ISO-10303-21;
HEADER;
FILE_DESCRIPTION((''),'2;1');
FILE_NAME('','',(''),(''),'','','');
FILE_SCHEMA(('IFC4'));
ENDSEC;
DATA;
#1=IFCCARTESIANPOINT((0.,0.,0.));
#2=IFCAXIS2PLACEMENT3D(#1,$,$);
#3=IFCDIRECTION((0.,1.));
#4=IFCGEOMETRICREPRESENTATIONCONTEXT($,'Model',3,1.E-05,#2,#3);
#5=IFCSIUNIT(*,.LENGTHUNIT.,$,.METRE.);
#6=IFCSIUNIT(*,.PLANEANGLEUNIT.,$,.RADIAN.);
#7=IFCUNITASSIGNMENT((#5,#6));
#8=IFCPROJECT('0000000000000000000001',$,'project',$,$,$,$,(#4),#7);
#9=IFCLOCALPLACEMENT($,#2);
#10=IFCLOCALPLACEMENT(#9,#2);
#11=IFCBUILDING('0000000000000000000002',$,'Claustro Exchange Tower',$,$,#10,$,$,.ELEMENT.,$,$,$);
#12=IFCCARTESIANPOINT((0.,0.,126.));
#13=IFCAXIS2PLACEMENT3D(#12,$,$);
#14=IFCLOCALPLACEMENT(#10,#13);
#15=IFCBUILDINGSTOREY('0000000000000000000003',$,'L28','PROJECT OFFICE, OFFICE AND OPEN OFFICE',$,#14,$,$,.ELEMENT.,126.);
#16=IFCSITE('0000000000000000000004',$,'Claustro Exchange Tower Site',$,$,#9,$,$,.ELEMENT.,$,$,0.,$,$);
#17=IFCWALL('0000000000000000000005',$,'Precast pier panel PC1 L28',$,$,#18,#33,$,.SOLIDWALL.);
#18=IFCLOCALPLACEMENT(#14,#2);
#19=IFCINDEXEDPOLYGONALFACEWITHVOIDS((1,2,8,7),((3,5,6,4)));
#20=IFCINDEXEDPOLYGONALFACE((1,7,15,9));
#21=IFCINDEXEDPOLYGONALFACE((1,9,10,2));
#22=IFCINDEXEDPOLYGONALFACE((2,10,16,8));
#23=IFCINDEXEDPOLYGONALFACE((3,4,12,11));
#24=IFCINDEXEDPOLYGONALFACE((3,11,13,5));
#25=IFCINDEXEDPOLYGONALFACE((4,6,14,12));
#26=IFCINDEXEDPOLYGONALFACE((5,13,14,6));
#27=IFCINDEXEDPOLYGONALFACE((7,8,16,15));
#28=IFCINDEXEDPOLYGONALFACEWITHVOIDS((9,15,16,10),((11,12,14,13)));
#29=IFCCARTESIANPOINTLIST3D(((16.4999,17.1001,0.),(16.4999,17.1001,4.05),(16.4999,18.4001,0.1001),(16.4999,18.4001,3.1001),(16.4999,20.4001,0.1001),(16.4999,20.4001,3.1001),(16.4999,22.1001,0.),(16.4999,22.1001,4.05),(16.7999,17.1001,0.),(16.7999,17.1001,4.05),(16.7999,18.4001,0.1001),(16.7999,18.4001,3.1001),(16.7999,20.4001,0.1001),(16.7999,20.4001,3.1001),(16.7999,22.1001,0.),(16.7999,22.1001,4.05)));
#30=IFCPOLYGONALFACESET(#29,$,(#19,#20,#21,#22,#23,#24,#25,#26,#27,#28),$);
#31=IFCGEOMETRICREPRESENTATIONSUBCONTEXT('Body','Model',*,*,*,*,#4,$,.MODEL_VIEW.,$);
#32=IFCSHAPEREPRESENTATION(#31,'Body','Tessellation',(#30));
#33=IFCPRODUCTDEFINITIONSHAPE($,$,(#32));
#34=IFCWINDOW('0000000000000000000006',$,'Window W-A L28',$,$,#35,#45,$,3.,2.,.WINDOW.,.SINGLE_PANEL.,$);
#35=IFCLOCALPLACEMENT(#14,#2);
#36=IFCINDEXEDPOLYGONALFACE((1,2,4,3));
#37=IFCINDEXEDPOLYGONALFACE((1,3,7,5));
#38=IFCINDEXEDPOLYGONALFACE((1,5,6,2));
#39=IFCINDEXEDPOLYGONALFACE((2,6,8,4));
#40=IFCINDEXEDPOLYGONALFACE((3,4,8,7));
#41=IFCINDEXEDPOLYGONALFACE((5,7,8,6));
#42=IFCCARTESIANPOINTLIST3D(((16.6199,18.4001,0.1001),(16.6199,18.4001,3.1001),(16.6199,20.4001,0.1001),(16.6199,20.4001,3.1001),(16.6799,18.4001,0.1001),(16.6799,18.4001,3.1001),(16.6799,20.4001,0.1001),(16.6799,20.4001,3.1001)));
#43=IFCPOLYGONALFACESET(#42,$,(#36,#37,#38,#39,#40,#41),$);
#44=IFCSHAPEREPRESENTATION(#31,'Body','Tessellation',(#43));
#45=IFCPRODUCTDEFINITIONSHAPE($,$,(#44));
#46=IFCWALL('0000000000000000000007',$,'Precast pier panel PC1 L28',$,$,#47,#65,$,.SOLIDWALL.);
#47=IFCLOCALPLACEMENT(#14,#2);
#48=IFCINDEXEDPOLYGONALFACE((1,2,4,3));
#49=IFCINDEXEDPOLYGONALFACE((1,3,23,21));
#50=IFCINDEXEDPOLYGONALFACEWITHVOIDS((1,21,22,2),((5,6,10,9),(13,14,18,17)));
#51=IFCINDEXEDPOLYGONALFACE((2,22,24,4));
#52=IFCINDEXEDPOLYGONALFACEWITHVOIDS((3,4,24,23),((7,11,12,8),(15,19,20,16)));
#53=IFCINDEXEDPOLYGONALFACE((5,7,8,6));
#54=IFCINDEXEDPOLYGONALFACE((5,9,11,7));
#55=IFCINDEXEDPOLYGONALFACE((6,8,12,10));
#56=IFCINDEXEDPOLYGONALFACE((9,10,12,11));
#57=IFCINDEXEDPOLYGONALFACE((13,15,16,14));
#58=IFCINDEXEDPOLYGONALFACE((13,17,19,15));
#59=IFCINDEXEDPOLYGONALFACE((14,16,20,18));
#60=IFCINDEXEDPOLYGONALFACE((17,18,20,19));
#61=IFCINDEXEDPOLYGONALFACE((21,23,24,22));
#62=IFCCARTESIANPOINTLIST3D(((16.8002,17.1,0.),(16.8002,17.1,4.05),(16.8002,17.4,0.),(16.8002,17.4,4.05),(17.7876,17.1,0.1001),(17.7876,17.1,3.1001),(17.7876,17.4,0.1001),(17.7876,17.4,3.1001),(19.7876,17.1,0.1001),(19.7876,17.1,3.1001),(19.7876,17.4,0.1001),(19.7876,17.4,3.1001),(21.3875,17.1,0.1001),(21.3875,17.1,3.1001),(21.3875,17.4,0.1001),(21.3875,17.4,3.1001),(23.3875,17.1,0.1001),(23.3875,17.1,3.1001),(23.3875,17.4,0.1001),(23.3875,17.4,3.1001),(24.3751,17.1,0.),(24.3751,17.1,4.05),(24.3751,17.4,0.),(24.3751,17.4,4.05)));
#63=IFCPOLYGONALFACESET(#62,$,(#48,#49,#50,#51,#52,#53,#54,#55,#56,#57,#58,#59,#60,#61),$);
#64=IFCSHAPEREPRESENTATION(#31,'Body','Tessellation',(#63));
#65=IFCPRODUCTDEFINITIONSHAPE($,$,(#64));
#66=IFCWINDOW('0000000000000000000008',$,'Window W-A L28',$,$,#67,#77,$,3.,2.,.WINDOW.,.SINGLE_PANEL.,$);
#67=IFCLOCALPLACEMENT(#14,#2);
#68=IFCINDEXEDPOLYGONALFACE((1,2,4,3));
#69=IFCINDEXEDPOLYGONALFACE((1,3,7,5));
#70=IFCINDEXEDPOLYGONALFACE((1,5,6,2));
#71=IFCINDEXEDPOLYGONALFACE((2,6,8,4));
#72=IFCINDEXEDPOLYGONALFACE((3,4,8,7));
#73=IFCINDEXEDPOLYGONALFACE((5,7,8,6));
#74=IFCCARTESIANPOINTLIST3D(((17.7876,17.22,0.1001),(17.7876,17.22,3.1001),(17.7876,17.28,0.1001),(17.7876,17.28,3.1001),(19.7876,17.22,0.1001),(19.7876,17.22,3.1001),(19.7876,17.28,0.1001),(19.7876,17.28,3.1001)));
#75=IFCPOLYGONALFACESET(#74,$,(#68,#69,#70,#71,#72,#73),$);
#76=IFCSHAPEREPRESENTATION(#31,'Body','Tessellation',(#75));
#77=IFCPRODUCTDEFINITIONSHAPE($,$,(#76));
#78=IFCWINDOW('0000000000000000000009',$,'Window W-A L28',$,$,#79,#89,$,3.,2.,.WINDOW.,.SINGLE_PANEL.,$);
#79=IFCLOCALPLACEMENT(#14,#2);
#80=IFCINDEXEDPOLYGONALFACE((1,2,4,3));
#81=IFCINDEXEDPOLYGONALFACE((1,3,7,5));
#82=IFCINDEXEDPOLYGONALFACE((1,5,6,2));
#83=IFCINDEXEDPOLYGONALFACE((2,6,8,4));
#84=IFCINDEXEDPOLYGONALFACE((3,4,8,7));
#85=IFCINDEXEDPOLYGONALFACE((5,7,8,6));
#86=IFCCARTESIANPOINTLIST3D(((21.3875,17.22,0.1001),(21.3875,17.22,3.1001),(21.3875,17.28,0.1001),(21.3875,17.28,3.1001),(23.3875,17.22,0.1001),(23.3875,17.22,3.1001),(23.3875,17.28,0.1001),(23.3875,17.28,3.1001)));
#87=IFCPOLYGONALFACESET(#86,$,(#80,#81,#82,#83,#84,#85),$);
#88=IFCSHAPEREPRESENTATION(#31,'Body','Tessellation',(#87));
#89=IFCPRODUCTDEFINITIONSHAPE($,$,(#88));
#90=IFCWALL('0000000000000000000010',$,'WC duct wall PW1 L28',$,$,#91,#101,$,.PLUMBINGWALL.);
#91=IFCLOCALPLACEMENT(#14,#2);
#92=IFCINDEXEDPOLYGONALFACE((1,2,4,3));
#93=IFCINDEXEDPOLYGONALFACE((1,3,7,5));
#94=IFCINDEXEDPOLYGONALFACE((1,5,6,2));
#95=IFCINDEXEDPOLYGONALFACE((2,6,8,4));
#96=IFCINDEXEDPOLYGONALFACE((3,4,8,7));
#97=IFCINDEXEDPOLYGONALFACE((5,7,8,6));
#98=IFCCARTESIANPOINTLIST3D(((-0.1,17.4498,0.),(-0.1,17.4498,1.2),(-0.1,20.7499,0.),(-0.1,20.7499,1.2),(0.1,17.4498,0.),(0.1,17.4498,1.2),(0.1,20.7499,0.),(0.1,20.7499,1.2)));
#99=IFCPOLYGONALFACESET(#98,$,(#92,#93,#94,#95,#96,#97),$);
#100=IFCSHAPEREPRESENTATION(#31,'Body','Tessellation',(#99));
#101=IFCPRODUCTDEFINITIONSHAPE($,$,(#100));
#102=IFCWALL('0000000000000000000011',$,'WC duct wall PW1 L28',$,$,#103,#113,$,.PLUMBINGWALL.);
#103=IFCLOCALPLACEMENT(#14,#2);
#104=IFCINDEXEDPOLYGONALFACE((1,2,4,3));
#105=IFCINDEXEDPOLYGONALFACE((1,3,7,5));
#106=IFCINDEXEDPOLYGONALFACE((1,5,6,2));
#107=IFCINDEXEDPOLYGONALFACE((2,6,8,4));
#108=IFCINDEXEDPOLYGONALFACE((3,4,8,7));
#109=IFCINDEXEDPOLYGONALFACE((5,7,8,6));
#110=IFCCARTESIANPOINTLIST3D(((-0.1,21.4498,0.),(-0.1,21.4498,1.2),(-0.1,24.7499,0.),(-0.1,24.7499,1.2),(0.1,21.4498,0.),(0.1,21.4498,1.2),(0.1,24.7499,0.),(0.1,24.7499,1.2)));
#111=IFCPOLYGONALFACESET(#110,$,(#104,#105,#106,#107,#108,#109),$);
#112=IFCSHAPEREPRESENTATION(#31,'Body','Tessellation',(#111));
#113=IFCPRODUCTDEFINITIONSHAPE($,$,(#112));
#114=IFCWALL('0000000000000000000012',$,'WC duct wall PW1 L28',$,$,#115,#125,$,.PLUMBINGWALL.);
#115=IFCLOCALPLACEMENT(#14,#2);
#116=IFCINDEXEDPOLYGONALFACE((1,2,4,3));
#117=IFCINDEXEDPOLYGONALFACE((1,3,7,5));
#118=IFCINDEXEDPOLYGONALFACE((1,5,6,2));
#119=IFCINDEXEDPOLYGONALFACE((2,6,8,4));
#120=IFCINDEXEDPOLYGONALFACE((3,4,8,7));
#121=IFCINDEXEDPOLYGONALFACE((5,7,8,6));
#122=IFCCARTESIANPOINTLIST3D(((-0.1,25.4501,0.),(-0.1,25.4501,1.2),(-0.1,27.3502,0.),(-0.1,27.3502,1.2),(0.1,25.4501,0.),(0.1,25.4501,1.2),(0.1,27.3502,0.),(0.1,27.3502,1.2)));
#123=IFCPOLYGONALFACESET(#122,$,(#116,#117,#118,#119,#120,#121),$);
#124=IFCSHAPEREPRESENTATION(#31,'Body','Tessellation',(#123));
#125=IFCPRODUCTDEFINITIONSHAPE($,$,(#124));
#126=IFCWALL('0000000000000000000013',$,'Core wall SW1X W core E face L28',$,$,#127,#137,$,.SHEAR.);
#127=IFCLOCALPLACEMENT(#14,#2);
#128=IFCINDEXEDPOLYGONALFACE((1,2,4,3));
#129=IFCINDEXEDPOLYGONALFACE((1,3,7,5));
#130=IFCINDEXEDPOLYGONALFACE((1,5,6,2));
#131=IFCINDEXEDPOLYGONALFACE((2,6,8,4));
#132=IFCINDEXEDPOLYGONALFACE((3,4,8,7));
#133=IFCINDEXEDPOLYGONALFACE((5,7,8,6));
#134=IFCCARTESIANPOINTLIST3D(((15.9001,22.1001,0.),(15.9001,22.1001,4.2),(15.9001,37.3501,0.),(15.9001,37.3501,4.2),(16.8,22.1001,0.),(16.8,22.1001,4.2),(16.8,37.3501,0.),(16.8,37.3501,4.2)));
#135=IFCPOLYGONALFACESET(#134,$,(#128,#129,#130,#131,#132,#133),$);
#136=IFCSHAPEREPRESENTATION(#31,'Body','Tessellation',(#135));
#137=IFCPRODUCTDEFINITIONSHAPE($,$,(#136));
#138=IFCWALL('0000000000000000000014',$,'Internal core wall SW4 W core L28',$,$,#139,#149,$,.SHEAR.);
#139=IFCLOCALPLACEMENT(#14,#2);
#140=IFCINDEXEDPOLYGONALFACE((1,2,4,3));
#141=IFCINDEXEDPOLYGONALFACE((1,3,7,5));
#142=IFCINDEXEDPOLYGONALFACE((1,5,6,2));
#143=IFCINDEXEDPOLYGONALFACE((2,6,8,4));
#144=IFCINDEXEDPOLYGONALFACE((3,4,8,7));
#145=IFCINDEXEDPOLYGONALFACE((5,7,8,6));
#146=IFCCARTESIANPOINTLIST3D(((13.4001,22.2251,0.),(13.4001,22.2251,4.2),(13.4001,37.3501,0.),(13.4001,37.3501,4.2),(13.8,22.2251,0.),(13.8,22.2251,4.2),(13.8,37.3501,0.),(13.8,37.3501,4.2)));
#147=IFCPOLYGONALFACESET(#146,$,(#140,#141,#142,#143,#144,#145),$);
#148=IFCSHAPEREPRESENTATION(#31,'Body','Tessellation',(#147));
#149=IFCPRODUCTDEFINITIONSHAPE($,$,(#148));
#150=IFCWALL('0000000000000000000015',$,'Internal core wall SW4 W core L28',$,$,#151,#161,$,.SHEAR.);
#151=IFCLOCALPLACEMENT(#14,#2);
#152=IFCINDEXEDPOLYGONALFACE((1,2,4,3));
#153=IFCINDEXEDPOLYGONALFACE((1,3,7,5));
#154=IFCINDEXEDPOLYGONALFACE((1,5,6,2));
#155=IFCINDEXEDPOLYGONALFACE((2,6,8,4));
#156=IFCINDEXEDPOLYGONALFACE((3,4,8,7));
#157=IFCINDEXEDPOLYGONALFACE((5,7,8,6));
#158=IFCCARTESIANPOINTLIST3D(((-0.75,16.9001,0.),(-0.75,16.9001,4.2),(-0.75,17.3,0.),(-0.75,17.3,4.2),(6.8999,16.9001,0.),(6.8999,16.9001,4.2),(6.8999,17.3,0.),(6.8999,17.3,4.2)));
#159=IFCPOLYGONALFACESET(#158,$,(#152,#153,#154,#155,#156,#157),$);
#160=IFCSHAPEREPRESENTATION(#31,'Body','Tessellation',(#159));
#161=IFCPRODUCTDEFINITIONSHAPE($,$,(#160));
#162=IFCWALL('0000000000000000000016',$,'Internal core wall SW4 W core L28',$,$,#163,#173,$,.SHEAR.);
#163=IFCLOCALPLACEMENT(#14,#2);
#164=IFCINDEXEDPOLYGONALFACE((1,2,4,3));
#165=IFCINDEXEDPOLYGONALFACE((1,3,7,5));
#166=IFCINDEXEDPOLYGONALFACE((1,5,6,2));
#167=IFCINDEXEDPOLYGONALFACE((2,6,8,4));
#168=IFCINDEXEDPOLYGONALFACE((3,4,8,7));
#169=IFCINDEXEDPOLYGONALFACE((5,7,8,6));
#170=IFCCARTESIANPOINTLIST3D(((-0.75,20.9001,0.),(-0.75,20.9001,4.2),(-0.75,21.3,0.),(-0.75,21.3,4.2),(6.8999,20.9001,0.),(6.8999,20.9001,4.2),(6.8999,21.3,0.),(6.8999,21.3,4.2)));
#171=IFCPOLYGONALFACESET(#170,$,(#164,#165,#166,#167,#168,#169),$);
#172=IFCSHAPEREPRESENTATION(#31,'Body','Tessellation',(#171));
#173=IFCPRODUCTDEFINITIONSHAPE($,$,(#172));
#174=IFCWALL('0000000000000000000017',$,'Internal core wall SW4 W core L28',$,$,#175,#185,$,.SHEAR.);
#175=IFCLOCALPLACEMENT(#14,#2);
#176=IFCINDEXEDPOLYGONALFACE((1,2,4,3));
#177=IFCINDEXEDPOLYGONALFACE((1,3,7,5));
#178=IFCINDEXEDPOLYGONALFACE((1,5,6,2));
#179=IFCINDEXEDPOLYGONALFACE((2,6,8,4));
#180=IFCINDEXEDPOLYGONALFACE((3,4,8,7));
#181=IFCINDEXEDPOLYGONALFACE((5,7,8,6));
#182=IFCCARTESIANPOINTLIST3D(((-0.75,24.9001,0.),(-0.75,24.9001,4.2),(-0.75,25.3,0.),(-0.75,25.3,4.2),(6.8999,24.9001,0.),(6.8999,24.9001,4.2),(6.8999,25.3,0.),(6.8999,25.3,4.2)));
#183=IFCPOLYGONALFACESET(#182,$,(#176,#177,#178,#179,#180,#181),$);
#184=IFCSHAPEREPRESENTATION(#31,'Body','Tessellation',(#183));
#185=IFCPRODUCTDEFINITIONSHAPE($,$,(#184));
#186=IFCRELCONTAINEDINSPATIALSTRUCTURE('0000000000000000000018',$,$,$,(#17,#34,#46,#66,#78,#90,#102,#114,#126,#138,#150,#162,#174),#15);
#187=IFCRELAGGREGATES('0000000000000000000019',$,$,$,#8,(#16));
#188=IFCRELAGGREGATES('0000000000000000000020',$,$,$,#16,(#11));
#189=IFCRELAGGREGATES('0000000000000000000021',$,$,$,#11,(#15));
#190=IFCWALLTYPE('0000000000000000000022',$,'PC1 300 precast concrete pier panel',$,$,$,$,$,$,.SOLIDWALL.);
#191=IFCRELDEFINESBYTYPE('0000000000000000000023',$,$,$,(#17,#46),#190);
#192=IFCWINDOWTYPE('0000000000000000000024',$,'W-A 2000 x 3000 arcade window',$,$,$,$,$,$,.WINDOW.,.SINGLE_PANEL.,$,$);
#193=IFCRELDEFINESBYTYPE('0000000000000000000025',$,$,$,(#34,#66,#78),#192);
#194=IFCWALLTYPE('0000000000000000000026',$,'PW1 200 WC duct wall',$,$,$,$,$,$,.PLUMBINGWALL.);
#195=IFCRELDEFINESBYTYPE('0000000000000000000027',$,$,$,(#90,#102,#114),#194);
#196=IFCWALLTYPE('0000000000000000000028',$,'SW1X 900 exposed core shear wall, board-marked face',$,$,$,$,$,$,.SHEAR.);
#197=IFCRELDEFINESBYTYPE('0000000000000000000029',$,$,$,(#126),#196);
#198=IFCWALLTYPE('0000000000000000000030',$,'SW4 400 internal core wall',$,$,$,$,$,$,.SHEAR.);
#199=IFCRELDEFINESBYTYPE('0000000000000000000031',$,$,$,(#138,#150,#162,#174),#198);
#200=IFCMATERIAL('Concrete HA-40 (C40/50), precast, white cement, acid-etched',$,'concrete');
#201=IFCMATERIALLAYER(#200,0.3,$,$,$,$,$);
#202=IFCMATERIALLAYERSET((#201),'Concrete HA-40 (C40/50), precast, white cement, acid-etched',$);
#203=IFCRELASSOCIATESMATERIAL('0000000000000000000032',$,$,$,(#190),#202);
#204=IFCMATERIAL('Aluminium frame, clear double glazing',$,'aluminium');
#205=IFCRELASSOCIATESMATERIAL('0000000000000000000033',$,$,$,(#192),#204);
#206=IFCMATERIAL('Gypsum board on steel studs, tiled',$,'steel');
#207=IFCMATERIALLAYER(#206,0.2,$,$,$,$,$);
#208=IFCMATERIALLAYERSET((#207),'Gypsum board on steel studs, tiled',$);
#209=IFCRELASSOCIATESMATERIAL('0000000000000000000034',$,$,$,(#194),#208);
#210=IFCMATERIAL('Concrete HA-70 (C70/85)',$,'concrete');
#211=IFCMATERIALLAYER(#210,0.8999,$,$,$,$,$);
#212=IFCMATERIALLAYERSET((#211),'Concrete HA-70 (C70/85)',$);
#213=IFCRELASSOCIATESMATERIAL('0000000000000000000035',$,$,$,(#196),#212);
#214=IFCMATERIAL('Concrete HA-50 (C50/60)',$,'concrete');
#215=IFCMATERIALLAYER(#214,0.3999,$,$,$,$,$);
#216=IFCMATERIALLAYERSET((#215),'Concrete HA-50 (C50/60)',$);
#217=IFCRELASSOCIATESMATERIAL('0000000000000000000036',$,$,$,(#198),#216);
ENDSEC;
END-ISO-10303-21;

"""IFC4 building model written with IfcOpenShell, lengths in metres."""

from ifc_helpers import new_model, si_unit, direction, frame, frame_2d, origin, place, context, subcontext, project, spatial, rectangle, extrude, material, layer, layer_set, type_object, element, fill, save


model = new_model("IFC4")

# Units and contexts
model_context = context("Model", 3, precision=1e-05, world=origin(), true_north=direction((0.0, 1.0)))
body_context = subcontext(model_context, "Body", "Model", "MODEL_VIEW")
ifc_project = project(units=[si_unit("LENGTHUNIT", "METRE"), si_unit("PLANEANGLEUNIT", "RADIAN")], contexts=[model_context])

# Site, building, storey
site_placement = place(None, origin())
site = spatial("IfcSite", under=ifc_project, at=site_placement, Name="Claustro Exchange Tower Site", CompositionType="ELEMENT", RefElevation=0.0)
building_placement = place(site_placement, origin())
building = spatial("IfcBuilding", under=site, at=building_placement, Name="Claustro Exchange Tower", CompositionType="ELEMENT")
storey_placement = place(building_placement, frame((0.0, 0.0, 126.0)))
storey = spatial("IfcBuildingStorey", under=building, at=storey_placement, Name="L28", Description="PROJECT OFFICE, OFFICE AND OPEN OFFICE", CompositionType="ELEMENT", Elevation=126.0)

# Wall, opening, window
ifc_material_1 = material(Name="Concrete HA-40 (C40/50), precast, white cement, acid-etched", Category="concrete")
ifc_layer_1 = layer(ifc_material_1, 0.3)
ifc_layer_set_1 = layer_set([ifc_layer_1], Name="Concrete HA-40 (C40/50), precast, white cement, acid-etched")
wall_type_1 = type_object("IfcWallType", Name="PC1 300 precast concrete pier panel", PredefinedType="SOLIDWALL", material=ifc_layer_set_1)
wall_1_placement = place(storey_placement, frame((16.6499, 17.1001, 0.0), z_axis=(0.0, 0.0, 1.0), x_axis=(0.0, 1.0, 0.0)))
wall_1 = element("IfcWall", 1, at=wall_1_placement, inside=storey, type_object=wall_type_1, Name="Precast pier panel PC1 L28", PredefinedType="SOLIDWALL", context=body_context, shape_type="SweptSolid", body=[
    extrude(rectangle(XDim=5.0, YDim=0.3, at=frame_2d((2.5, 0.0))), origin(), (0.0, 0.0, 1.0), 4.05),
])
opening_1_placement = place(wall_1_placement, frame((1.3, 0.0, 0.1001)))
opening_1 = element("IfcOpeningElement", 2, at=opening_1_placement, cuts=wall_1, PredefinedType="OPENING", context=body_context, shape_type="SweptSolid", body=[
    extrude(rectangle(XDim=2.0, YDim=3.0, at=frame_2d((1.0, 1.5))), frame((0.0, 0.1599, 0.0), z_axis=(0.0, -1.0, 0.0), x_axis=(1.0, 0.0, 0.0)), (0.0, 0.0, 1.0), 0.3201),
])
ifc_material_2 = material(Name="Aluminium frame, clear double glazing", Category="aluminium")
window_type = type_object("IfcWindowType", Name="W-A 2000 x 3000 arcade window", PartitioningType="SINGLE_PANEL", PredefinedType="WINDOW", material=ifc_material_2)
window_1_placement = place(opening_1_placement, origin())
window_1 = element("IfcWindow", 3, at=window_1_placement, inside=storey, type_object=window_type, Name="Window W-A L28", OverallHeight=3.0, OverallWidth=2.0, PartitioningType="SINGLE_PANEL", PredefinedType="WINDOW", context=body_context, shape_type="SweptSolid", body=[
    extrude(rectangle(XDim=2.0, YDim=3.0, at=frame_2d((1.0, 1.5))), frame((0.0, 0.03, 0.0), z_axis=(0.0, -1.0, 0.0), x_axis=(1.0, 0.0, 0.0)), (0.0, 0.0, 1.0), 0.0601),
])
fill(opening_1, window_1)

# Wall, openings, windows
wall_2_placement = place(storey_placement, frame((16.8, 17.25, 0.0), z_axis=(0.0, 0.0, 1.0), x_axis=(1.0, 0.0, 0.0)))
wall_2 = element("IfcWall", 4, at=wall_2_placement, inside=storey, type_object=wall_type_1, Name="Precast pier panel PC1 L28", PredefinedType="SOLIDWALL", context=body_context, shape_type="SweptSolid", body=[
    extrude(rectangle(XDim=7.575, YDim=0.3, at=frame_2d((3.7876, 0.0))), origin(), (0.0, 0.0, 1.0), 4.05),
])
opening_2_placement = place(wall_2_placement, frame((0.9875, 0.0, 0.1001)))
opening_2 = element("IfcOpeningElement", 5, at=opening_2_placement, cuts=wall_2, PredefinedType="OPENING", context=body_context, shape_type="SweptSolid", body=[
    extrude(rectangle(XDim=2.0, YDim=3.0, at=frame_2d((1.0, 1.5))), frame((0.0, 0.1599, 0.0), z_axis=(0.0, -1.0, 0.0), x_axis=(1.0, 0.0, 0.0)), (0.0, 0.0, 1.0), 0.3201),
])
opening_3_placement = place(wall_2_placement, frame((4.5874, 0.0, 0.1001)))
opening_3 = element("IfcOpeningElement", 6, at=opening_3_placement, cuts=wall_2, PredefinedType="OPENING", context=body_context, shape_type="SweptSolid", body=[
    extrude(rectangle(XDim=2.0, YDim=3.0, at=frame_2d((1.0, 1.5))), frame((0.0, 0.1599, 0.0), z_axis=(0.0, -1.0, 0.0), x_axis=(1.0, 0.0, 0.0)), (0.0, 0.0, 1.0), 0.3201),
])
window_2_placement = place(opening_2_placement, origin())
window_2 = element("IfcWindow", 7, at=window_2_placement, inside=storey, type_object=window_type, Name="Window W-A L28", OverallHeight=3.0, OverallWidth=2.0, PartitioningType="SINGLE_PANEL", PredefinedType="WINDOW", context=body_context, shape_type="SweptSolid", body=[
    extrude(rectangle(XDim=2.0, YDim=3.0, at=frame_2d((1.0, 1.5))), frame((0.0, 0.03, 0.0), z_axis=(0.0, -1.0, 0.0), x_axis=(1.0, 0.0, 0.0)), (0.0, 0.0, 1.0), 0.0601),
])
fill(opening_2, window_2)
window_3_placement = place(opening_3_placement, origin())
window_3 = element("IfcWindow", 8, at=window_3_placement, inside=storey, type_object=window_type, Name="Window W-A L28", OverallHeight=3.0, OverallWidth=2.0, PartitioningType="SINGLE_PANEL", PredefinedType="WINDOW", context=body_context, shape_type="SweptSolid", body=[
    extrude(rectangle(XDim=2.0, YDim=3.0, at=frame_2d((1.0, 1.5))), frame((0.0, 0.03, 0.0), z_axis=(0.0, -1.0, 0.0), x_axis=(1.0, 0.0, 0.0)), (0.0, 0.0, 1.0), 0.0601),
])
fill(opening_3, window_3)

# Walls
ifc_material_3 = material(Name="Gypsum board on steel studs, tiled", Category="steel")
ifc_layer_2 = layer(ifc_material_3, 0.2)
ifc_layer_set_2 = layer_set([ifc_layer_2], Name="Gypsum board on steel studs, tiled")
wall_type_2 = type_object("IfcWallType", Name="PW1 200 WC duct wall", PredefinedType="PLUMBINGWALL", material=ifc_layer_set_2)
for number, where, z_axis, x_axis, name in (
    (9, (0.0, 17.45, 0.0), (0.0, 0.0, 1.0), (0.0, 1.0, 0.0), "WC duct wall PW1 L28"),
    (10, (0.0, 21.45, 0.0), (0.0, 0.0, 1.0), (0.0, 1.0, 0.0), "WC duct wall PW1 L28"),
):
    element("IfcWall", number, at=place(storey_placement, frame(where, z_axis=z_axis, x_axis=x_axis)), inside=storey, type_object=wall_type_2, Name=name, PredefinedType="PLUMBINGWALL", context=body_context, shape_type="SweptSolid", body=[
        extrude(rectangle(XDim=3.3, YDim=0.2, at=frame_2d((1.6499, 0.0))), origin(), (0.0, 0.0, 1.0), 1.2),
    ])
wall_3_placement = place(storey_placement, frame((0.0, 25.45, 0.0), z_axis=(0.0, 0.0, 1.0), x_axis=(0.0, 1.0, 0.0)))
element("IfcWall", 11, at=wall_3_placement, inside=storey, type_object=wall_type_2, Name="WC duct wall PW1 L28", PredefinedType="PLUMBINGWALL", context=body_context, shape_type="SweptSolid", body=[
    extrude(rectangle(XDim=1.9001, YDim=0.2, at=frame_2d((0.9502, 0.0))), origin(), (0.0, 0.0, 1.0), 1.2),
])
ifc_material_4 = material(Name="Concrete HA-70 (C70/85)", Category="concrete")
ifc_layer_3 = layer(ifc_material_4, 0.8999)
ifc_layer_set_3 = layer_set([ifc_layer_3], Name="Concrete HA-70 (C70/85)")
wall_type_3 = type_object("IfcWallType", Name="SW1X 900 exposed core shear wall, board-marked face", PredefinedType="SHEAR", material=ifc_layer_set_3)
wall_4_placement = place(storey_placement, frame((16.3501, 22.1001, 0.0), z_axis=(0.0, 0.0, 1.0), x_axis=(0.0, 1.0, 0.0)))
element("IfcWall", 12, at=wall_4_placement, inside=storey, type_object=wall_type_3, Name="Core wall SW1X W core E face L28", PredefinedType="SHEAR", context=body_context, shape_type="SweptSolid", body=[
    extrude(rectangle(XDim=15.25, YDim=0.8999, at=frame_2d((7.625, 0.0))), origin(), (0.0, 0.0, 1.0), 4.2),
])
ifc_material_5 = material(Name="Concrete HA-50 (C50/60)", Category="concrete")
ifc_layer_4 = layer(ifc_material_5, 0.3999)
ifc_layer_set_4 = layer_set([ifc_layer_4], Name="Concrete HA-50 (C50/60)")
wall_type_4 = type_object("IfcWallType", Name="SW4 400 internal core wall", PredefinedType="SHEAR", material=ifc_layer_set_4)
wall_5_placement = place(storey_placement, frame((13.6001, 22.2251, 0.0), z_axis=(0.0, 0.0, 1.0), x_axis=(0.0, 1.0, 0.0)))
element("IfcWall", 13, at=wall_5_placement, inside=storey, type_object=wall_type_4, Name="Internal core wall SW4 W core L28", PredefinedType="SHEAR", context=body_context, shape_type="SweptSolid", body=[
    extrude(rectangle(XDim=15.125, YDim=0.3999, at=frame_2d((7.5625, 0.0))), origin(), (0.0, 0.0, 1.0), 4.2),
])
for number, where, z_axis, x_axis, name in (
    (14, (-0.75, 17.1001, 0.0), (0.0, 0.0, 1.0), (1.0, 0.0, 0.0), "Internal core wall SW4 W core L28"),
    (15, (-0.75, 21.1001, 0.0), (0.0, 0.0, 1.0), (1.0, 0.0, 0.0), "Internal core wall SW4 W core L28"),
    (16, (-0.75, 25.1001, 0.0), (0.0, 0.0, 1.0), (1.0, 0.0, 0.0), "Internal core wall SW4 W core L28"),
):
    element("IfcWall", number, at=place(storey_placement, frame(where, z_axis=z_axis, x_axis=x_axis)), inside=storey, type_object=wall_type_4, Name=name, PredefinedType="SHEAR", context=body_context, shape_type="SweptSolid", body=[
        extrude(rectangle(XDim=7.6499, YDim=0.3999, at=frame_2d((3.825, 0.0))), origin(), (0.0, 0.0, 1.0), 4.2),
    ])

save(model, "model.ifc")
